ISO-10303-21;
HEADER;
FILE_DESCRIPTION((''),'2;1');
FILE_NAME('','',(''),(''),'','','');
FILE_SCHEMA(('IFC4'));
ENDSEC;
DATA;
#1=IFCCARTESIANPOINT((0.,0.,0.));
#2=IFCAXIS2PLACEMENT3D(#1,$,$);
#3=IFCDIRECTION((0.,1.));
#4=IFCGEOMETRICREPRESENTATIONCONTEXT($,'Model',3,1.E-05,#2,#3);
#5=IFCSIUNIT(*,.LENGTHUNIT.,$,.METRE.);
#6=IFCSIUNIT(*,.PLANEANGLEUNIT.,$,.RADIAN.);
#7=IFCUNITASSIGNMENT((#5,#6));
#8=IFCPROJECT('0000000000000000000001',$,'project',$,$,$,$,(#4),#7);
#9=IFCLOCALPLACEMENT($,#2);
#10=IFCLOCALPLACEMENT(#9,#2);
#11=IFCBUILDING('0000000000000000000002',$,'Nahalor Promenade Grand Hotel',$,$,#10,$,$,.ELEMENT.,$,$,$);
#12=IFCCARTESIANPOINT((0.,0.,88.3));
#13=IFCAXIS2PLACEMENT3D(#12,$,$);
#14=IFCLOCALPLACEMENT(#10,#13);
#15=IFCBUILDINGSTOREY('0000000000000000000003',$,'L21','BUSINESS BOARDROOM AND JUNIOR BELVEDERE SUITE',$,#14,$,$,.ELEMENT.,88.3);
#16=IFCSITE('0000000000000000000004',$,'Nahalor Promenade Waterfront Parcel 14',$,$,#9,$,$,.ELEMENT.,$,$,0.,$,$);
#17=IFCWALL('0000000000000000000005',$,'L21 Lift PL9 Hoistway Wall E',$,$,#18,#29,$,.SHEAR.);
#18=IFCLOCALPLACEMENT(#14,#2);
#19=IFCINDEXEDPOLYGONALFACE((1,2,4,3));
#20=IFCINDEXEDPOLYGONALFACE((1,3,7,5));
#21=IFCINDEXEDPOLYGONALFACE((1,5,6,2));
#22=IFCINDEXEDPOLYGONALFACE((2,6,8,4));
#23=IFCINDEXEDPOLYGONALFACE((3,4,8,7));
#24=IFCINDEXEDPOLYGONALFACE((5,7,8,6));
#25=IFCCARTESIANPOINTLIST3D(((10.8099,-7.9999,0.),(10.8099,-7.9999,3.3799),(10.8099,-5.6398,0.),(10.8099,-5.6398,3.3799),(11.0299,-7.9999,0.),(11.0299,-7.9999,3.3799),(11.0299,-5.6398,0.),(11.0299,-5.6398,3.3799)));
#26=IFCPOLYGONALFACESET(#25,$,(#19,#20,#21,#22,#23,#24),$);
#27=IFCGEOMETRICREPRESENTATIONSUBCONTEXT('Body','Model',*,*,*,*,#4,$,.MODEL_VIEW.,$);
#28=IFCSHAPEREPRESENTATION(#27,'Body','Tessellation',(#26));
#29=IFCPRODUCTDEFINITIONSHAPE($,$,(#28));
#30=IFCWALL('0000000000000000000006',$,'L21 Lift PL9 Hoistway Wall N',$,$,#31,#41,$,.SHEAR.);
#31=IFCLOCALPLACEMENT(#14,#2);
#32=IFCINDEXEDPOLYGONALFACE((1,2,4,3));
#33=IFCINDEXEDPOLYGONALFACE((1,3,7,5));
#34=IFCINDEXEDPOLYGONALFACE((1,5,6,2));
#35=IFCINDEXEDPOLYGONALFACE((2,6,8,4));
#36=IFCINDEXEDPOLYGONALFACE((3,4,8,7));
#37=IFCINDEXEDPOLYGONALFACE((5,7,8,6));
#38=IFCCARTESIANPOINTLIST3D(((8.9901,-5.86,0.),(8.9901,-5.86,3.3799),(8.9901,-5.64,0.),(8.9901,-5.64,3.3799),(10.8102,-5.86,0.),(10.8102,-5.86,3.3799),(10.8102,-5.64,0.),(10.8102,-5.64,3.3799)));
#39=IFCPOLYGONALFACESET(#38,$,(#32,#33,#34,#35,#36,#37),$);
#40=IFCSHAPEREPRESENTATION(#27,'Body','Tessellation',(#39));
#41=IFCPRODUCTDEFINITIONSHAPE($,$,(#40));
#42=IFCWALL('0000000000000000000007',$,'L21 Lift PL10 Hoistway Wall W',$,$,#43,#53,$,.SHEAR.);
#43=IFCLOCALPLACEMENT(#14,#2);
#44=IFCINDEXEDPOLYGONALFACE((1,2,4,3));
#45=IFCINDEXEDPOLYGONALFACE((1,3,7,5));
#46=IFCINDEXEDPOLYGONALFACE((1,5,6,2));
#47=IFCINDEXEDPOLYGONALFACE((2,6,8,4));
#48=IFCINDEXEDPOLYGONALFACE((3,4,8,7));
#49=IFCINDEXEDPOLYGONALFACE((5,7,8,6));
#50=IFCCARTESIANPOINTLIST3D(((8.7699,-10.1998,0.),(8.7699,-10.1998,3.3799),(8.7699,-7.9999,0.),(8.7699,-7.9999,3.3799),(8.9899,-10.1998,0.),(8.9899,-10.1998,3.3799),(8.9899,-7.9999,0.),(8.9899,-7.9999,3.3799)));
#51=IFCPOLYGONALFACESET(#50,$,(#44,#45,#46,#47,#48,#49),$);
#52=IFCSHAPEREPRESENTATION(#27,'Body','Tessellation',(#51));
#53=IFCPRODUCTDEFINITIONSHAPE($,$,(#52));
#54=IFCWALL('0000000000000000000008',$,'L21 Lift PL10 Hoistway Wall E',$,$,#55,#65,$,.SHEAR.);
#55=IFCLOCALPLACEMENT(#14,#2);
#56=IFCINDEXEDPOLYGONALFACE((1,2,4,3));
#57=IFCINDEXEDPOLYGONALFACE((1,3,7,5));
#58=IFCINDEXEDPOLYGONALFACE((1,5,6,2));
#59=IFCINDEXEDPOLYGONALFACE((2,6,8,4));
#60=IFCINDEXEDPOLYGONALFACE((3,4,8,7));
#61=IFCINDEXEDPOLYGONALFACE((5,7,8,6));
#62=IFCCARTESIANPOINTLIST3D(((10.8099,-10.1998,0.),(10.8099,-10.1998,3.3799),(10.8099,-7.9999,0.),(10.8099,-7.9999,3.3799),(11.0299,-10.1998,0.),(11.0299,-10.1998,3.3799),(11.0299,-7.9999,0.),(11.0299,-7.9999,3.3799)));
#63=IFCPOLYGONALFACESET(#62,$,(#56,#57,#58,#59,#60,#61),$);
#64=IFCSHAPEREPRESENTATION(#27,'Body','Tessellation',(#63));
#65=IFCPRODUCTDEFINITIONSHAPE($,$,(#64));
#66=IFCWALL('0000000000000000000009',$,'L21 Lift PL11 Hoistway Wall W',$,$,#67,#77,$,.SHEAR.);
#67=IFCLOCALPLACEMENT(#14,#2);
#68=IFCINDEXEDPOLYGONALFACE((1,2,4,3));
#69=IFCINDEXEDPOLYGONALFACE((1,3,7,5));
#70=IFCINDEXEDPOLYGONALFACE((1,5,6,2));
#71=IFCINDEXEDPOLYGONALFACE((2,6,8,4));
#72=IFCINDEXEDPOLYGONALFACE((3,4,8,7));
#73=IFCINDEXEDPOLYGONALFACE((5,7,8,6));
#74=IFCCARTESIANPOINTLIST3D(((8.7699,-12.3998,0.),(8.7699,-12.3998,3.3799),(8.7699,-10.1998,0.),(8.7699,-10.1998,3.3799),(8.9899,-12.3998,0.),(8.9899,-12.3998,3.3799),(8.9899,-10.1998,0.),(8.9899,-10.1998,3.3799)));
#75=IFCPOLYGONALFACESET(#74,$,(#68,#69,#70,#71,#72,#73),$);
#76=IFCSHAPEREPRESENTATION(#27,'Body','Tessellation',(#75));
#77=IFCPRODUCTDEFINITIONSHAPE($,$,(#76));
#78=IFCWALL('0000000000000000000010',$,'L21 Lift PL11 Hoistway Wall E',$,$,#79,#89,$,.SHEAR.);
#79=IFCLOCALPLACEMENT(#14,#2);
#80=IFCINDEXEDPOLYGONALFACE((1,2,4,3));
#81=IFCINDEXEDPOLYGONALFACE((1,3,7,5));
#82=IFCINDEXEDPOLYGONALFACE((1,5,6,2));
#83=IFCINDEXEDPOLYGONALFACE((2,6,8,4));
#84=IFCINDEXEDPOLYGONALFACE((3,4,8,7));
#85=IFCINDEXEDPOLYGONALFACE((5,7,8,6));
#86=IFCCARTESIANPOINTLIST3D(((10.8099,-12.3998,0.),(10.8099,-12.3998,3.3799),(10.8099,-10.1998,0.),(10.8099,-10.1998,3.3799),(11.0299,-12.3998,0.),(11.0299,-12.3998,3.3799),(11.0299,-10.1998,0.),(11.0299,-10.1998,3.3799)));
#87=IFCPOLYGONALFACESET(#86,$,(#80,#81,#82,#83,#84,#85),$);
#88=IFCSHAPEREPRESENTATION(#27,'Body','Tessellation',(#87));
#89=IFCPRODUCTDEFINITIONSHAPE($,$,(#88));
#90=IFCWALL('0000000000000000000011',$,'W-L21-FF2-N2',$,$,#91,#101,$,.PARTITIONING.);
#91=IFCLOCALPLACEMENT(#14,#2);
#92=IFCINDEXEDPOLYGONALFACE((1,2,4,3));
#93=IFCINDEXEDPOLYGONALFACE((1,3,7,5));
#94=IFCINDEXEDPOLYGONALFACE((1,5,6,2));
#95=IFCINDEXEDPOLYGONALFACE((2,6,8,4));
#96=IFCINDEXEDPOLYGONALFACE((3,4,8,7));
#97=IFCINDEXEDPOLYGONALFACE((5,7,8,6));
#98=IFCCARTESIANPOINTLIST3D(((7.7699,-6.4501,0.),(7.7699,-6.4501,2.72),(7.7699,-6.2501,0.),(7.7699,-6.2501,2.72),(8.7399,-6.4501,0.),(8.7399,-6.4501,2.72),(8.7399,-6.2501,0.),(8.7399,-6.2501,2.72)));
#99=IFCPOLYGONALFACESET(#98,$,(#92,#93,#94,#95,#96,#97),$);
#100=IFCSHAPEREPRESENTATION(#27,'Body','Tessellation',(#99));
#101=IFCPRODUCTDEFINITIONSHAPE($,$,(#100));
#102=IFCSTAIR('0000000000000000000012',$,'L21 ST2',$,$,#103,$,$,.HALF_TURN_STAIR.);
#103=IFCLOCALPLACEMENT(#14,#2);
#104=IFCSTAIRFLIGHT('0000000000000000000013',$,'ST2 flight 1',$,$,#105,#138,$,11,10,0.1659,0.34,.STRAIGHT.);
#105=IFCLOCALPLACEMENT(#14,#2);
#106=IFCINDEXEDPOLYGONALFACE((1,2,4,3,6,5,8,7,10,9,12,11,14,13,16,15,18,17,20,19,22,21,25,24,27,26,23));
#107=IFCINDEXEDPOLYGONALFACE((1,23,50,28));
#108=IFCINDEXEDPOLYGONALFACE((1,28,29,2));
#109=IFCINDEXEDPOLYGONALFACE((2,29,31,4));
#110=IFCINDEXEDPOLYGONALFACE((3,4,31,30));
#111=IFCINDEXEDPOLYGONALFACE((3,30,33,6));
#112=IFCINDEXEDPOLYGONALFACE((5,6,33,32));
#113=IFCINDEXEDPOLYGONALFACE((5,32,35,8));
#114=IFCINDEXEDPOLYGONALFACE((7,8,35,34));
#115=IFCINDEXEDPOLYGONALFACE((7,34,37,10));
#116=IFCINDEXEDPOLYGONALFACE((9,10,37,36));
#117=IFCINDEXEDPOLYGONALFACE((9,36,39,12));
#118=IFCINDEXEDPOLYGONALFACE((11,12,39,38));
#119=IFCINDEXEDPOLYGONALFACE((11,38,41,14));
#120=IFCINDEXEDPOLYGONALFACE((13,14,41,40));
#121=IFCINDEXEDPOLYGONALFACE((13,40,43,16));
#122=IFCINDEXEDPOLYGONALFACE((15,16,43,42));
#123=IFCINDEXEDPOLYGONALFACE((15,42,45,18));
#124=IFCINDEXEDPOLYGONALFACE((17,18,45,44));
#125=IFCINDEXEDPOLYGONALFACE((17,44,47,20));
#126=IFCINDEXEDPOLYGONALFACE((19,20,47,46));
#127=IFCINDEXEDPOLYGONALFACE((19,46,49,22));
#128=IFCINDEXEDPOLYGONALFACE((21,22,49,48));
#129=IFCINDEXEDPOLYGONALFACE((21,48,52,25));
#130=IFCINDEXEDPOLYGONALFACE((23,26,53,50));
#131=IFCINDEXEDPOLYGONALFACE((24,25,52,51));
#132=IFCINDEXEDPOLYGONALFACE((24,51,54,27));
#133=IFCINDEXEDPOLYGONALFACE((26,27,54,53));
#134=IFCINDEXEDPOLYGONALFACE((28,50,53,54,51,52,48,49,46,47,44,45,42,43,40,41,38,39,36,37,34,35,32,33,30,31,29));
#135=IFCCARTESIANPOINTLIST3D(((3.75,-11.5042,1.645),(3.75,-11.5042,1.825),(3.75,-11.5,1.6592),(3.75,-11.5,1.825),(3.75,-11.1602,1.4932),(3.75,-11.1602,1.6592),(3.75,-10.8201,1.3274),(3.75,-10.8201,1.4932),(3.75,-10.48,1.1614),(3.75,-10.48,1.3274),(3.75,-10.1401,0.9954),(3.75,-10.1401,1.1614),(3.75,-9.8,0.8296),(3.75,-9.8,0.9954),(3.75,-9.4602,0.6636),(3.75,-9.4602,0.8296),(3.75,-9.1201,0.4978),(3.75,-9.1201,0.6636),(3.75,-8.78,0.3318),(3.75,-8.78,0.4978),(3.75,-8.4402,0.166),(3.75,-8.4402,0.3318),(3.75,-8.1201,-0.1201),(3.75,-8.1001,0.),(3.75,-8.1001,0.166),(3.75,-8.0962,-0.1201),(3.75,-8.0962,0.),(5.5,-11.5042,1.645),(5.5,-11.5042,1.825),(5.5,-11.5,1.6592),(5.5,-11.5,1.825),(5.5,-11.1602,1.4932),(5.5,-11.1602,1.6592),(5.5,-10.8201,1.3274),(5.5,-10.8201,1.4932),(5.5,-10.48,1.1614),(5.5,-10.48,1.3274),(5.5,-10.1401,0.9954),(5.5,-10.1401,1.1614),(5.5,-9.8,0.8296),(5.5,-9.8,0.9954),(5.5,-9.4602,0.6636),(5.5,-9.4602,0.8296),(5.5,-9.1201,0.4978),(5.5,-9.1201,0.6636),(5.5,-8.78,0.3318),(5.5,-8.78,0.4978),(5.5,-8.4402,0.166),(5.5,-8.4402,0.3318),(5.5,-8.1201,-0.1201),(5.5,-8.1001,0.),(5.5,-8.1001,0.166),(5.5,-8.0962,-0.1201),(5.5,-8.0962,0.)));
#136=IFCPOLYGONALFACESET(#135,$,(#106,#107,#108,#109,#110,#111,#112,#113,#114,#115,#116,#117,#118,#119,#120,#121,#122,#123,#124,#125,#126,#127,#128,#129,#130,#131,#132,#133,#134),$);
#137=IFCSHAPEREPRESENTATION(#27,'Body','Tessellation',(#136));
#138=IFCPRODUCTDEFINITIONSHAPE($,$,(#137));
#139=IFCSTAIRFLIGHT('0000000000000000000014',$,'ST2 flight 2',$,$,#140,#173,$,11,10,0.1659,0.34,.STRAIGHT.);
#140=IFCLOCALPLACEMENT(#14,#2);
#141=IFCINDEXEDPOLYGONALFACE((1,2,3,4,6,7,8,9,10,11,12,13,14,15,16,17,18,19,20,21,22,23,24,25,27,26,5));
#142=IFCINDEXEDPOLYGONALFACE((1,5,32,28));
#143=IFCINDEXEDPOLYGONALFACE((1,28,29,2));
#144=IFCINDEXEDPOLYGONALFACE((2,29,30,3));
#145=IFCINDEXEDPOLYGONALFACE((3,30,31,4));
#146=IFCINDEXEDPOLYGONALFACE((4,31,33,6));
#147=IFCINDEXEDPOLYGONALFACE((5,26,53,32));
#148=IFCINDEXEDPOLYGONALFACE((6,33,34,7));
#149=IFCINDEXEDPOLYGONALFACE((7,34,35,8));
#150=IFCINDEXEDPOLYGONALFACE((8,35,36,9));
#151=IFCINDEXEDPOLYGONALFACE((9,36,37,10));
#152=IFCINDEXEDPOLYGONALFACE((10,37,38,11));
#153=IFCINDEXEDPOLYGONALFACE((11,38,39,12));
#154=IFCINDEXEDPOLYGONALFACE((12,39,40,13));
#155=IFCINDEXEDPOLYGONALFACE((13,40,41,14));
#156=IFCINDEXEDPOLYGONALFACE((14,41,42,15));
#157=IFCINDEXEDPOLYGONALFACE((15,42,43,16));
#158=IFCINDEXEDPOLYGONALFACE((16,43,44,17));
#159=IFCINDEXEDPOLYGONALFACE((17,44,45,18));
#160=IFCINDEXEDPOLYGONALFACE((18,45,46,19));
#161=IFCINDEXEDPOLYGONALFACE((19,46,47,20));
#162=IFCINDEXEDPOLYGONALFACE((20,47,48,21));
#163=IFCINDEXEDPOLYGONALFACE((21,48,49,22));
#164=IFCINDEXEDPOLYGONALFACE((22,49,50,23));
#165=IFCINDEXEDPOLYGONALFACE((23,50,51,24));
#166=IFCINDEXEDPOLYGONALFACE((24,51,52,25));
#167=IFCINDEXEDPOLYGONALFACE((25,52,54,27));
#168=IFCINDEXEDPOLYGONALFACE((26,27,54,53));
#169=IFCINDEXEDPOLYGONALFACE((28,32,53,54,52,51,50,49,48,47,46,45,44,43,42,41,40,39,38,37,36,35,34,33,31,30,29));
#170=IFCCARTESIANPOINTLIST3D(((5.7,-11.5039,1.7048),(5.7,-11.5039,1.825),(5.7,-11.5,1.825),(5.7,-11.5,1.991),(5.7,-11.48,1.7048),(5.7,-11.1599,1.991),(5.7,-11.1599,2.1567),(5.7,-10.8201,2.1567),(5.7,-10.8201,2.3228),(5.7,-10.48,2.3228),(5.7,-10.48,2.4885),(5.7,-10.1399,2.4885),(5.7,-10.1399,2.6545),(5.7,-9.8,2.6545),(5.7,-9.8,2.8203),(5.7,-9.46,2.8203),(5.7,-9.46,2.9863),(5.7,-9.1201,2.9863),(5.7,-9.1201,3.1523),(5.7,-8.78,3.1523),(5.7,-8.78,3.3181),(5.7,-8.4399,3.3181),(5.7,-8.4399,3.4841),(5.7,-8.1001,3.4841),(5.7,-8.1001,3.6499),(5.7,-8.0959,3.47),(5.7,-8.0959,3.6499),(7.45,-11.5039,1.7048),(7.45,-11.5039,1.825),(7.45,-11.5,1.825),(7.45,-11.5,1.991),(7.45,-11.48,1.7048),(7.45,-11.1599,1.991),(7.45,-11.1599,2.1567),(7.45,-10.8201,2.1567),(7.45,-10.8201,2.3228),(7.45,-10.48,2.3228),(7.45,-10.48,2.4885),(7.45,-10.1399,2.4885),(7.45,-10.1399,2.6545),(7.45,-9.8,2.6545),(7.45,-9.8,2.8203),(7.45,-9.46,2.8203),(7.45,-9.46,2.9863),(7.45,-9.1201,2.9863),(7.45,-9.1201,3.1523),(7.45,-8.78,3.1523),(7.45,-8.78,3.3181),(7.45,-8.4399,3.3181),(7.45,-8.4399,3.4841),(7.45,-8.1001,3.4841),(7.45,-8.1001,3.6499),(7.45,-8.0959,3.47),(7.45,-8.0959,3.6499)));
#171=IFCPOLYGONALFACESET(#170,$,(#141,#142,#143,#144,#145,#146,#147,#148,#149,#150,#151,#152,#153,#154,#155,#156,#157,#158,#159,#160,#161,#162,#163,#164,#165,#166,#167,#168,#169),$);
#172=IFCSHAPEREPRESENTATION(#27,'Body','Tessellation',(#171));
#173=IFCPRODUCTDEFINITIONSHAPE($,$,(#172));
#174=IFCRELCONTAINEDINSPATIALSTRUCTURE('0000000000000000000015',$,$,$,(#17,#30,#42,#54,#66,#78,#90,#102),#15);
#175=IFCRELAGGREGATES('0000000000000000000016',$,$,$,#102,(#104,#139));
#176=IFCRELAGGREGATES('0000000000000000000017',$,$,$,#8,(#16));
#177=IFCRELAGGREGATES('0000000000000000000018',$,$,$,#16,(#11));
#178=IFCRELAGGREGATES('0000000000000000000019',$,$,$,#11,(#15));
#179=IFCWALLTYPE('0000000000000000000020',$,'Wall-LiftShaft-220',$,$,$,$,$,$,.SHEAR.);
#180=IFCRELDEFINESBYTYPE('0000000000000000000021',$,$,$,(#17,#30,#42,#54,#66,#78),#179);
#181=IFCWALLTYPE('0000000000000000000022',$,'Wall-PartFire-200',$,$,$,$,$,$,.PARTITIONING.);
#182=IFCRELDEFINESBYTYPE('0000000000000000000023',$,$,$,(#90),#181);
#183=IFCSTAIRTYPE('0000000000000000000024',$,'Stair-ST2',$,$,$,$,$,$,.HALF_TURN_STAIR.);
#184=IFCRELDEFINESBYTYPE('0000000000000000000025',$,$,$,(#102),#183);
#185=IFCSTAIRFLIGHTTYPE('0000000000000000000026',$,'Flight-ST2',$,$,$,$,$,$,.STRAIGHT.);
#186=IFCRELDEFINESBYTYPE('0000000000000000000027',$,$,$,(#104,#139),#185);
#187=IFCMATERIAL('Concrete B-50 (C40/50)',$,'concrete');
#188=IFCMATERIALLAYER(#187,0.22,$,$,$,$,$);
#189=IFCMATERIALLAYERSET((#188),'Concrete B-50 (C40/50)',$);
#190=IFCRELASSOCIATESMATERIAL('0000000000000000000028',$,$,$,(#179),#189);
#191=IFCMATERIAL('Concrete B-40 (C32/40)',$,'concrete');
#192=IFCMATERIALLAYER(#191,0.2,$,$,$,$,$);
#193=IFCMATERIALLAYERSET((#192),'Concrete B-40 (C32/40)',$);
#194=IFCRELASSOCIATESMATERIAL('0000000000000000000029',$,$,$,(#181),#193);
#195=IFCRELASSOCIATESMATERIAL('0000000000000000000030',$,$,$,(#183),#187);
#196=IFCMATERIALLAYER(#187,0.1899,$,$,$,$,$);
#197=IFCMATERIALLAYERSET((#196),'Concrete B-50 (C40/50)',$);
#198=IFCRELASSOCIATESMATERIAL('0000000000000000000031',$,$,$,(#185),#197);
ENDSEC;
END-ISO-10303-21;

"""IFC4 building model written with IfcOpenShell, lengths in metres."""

from ifc_helpers import new_model, si_unit, direction, frame, frame_2d, origin, place, context, subcontext, project, spatial, polyline, rectangle, outline, extrude, source, transform, mapped, material, layer, layer_set, type_object, element, aggregate, save


model = new_model("IFC4")

# Units and contexts
model_context = context("Model", 3, precision=1e-05, world=origin(), true_north=direction((0.0, 1.0)))
body_context = subcontext(model_context, "Body", "Model", "MODEL_VIEW")
ifc_project = project(units=[si_unit("LENGTHUNIT", "METRE"), si_unit("PLANEANGLEUNIT", "RADIAN")], contexts=[model_context])

# Site, building, storey
site_placement = place(None, origin())
site = spatial("IfcSite", under=ifc_project, at=site_placement, Name="Nahalor Promenade Waterfront Parcel 14", CompositionType="ELEMENT", RefElevation=0.0)
building_placement = place(site_placement, origin())
building = spatial("IfcBuilding", under=site, at=building_placement, Name="Nahalor Promenade Grand Hotel", CompositionType="ELEMENT")
storey_placement = place(building_placement, frame((0.0, 0.0, 88.3)))
storey = spatial("IfcBuildingStorey", under=building, at=storey_placement, Name="L21", Description="BUSINESS BOARDROOM AND JUNIOR BELVEDERE SUITE", CompositionType="ELEMENT", Elevation=88.3)

# Walls
ifc_material_1 = material(Name="Concrete B-50 (C40/50)", Category="concrete")
ifc_layer_1 = layer(ifc_material_1, 0.22)
ifc_layer_set_1 = layer_set([ifc_layer_1], Name="Concrete B-50 (C40/50)")
wall_type_1 = type_object("IfcWallType", Name="Wall-LiftShaft-220", PredefinedType="SHEAR", material=ifc_layer_set_1)
shared_shape_1 = source(origin(), body_context, "Body", "SweptSolid", [
    extrude(rectangle(XDim=2.3601, YDim=0.22, at=frame_2d((1.1802, 0.0))), origin(), (0.0, 0.0, 1.0), 3.3799),
])
for number, where, z_axis, x_axis, name in (
    (1, (10.9199, -8.0, 0.0), (0.0, 0.0, 1.0), (0.0, 1.0, 0.0), "L21 Lift PL9 Hoistway Wall E"),
):
    element("IfcWall", number, at=place(storey_placement, frame(where, z_axis=z_axis, x_axis=x_axis)), inside=storey, type_object=wall_type_1, Name=name, PredefinedType="SHEAR", context=body_context, shape_type="MappedRepresentation", body=[
        mapped(shared_shape_1, transform((0.0, 0.0, 0.0), scale=1.0)),
    ])
shared_shape_2 = source(origin(), body_context, "Body", "SweptSolid", [
    extrude(rectangle(XDim=1.8201, YDim=0.22, at=frame_2d((0.9102, 0.0))), origin(), (0.0, 0.0, 1.0), 3.3799),
])
wall_1_placement = place(storey_placement, frame((8.99, -5.75, 0.0), z_axis=(0.0, 0.0, 1.0), x_axis=(1.0, 0.0, 0.0)))
element("IfcWall", 2, at=wall_1_placement, inside=storey, type_object=wall_type_1, Name="L21 Lift PL9 Hoistway Wall N", PredefinedType="SHEAR", context=body_context, shape_type="MappedRepresentation", body=[
    mapped(shared_shape_2, transform((0.0, 0.0, 0.0), scale=1.0)),
])
shared_shape_3 = source(origin(), body_context, "Body", "SweptSolid", [
    extrude(rectangle(XDim=2.2, YDim=0.22, at=frame_2d((1.1001, 0.0))), origin(), (0.0, 0.0, 1.0), 3.3799),
])
for number, where, z_axis, x_axis, name in (
    (3, (8.8799, -10.2, 0.0), (0.0, 0.0, 1.0), (0.0, 1.0, 0.0), "L21 Lift PL10 Hoistway Wall W"),
    (4, (10.9199, -10.2, 0.0), (0.0, 0.0, 1.0), (0.0, 1.0, 0.0), "L21 Lift PL10 Hoistway Wall E"),
    (5, (8.8799, -12.3999, 0.0), (0.0, 0.0, 1.0), (0.0, 1.0, 0.0), "L21 Lift PL11 Hoistway Wall W"),
    (6, (10.9199, -12.3999, 0.0), (0.0, 0.0, 1.0), (0.0, 1.0, 0.0), "L21 Lift PL11 Hoistway Wall E"),
):
    element("IfcWall", number, at=place(storey_placement, frame(where, z_axis=z_axis, x_axis=x_axis)), inside=storey, type_object=wall_type_1, Name=name, PredefinedType="SHEAR", context=body_context, shape_type="MappedRepresentation", body=[
        mapped(shared_shape_3, transform((0.0, 0.0, 0.0), scale=1.0)),
    ])

# Shared definitions
ifc_material_2 = material(Name="Concrete B-40 (C32/40)", Category="concrete")
ifc_layer_2 = layer(ifc_material_2, 0.2)
ifc_layer_set_2 = layer_set([ifc_layer_2], Name="Concrete B-40 (C32/40)")
wall_type_2 = type_object("IfcWallType", Name="Wall-PartFire-200", PredefinedType="PARTITIONING", material=ifc_layer_set_2)

# Wall
shared_shape_4 = source(origin(), body_context, "Body", "SweptSolid", [
    extrude(rectangle(XDim=0.97, YDim=0.2, at=frame_2d((0.4849, 0.0))), origin(), (0.0, 0.0, 1.0), 2.72),
])
wall_2_placement = place(storey_placement, frame((7.77, -6.3501, 0.0), z_axis=(0.0, 0.0, 1.0), x_axis=(1.0, 0.0, 0.0)))
element("IfcWall", 7, at=wall_2_placement, inside=storey, type_object=wall_type_2, Name="W-L21-FF2-N2", PredefinedType="PARTITIONING", context=body_context, shape_type="MappedRepresentation", body=[
    mapped(shared_shape_4, transform((0.0, 0.0, 0.0), scale=1.0)),
])

# Stair, stair flights
stair_type = type_object("IfcStairType", Name="Stair-ST2", PredefinedType="HALF_TURN_STAIR", material=ifc_material_1)
stair_placement = place(storey_placement, origin())
stair = element("IfcStair", 8, at=stair_placement, inside=storey, type_object=stair_type, Name="L21 ST2", PredefinedType="HALF_TURN_STAIR")
ifc_layer_3 = layer(ifc_material_1, 0.1899)
ifc_layer_set_3 = layer_set([ifc_layer_3], Name="Concrete B-50 (C40/50)")
stair_flight_type = type_object("IfcStairFlightType", Name="Flight-ST2", PredefinedType="STRAIGHT", material=ifc_layer_set_3)
shared_shape_5 = source(origin(), body_context, "Body", "SweptSolid", [
    extrude(outline(polyline([(-0.0039, -0.1201), (-0.0039, 0.0), (0.0, 0.0), (0.0, 0.166), (0.3401, 0.166), (0.3401, 0.3318), (0.6799, 0.3318), (0.6799, 0.4978), (1.02, 0.4978), (1.02, 0.6636), (1.3601, 0.6636), (1.3601, 0.8296), (1.7, 0.8296), (1.7, 0.9954), (2.04, 0.9954), (2.04, 1.1614), (2.3799, 1.1614), (2.3799, 1.3274), (2.72, 1.3274), (2.72, 1.4932), (3.0601, 1.4932), (3.0601, 1.6592), (3.3999, 1.6592), (3.3999, 1.825), (3.4041, 1.825), (3.4041, 1.645), (0.02, -0.1201), (-0.0039, -0.1201)])), frame((0.0, 0.875, 0.0), z_axis=(0.0, -1.0, 0.0), x_axis=(1.0, 0.0, 0.0)), (0.0, 0.0, 1.0), 1.75),
])
stair_flight_1_placement = place(storey_placement, frame((4.625, -8.1001, 0.0), z_axis=(0.0, 0.0, 1.0), x_axis=(0.0, -1.0, 0.0)))
stair_flight_1 = element("IfcStairFlight", 9, at=stair_flight_1_placement, type_object=stair_flight_type, Name="ST2 flight 1", NumberOfRisers=11, NumberOfTreads=10, PredefinedType="STRAIGHT", RiserHeight=0.1659, TreadLength=0.34, context=body_context, shape_type="MappedRepresentation", body=[
    mapped(shared_shape_5, transform((0.0, 0.0, 0.0), scale=1.0)),
])
stair_flight_2_placement = place(storey_placement, frame((6.575, -11.5, 1.825), z_axis=(0.0, 0.0, 1.0), x_axis=(0.0, 1.0, 0.0)))
stair_flight_2 = element("IfcStairFlight", 10, at=stair_flight_2_placement, type_object=stair_flight_type, Name="ST2 flight 2", NumberOfRisers=11, NumberOfTreads=10, PredefinedType="STRAIGHT", RiserHeight=0.1659, TreadLength=0.34, context=body_context, shape_type="MappedRepresentation", body=[
    mapped(shared_shape_5, transform((0.0, 0.0, 0.0), scale=1.0)),
])
aggregate(stair, [stair_flight_1, stair_flight_2])

save(model, "model.ifc")
